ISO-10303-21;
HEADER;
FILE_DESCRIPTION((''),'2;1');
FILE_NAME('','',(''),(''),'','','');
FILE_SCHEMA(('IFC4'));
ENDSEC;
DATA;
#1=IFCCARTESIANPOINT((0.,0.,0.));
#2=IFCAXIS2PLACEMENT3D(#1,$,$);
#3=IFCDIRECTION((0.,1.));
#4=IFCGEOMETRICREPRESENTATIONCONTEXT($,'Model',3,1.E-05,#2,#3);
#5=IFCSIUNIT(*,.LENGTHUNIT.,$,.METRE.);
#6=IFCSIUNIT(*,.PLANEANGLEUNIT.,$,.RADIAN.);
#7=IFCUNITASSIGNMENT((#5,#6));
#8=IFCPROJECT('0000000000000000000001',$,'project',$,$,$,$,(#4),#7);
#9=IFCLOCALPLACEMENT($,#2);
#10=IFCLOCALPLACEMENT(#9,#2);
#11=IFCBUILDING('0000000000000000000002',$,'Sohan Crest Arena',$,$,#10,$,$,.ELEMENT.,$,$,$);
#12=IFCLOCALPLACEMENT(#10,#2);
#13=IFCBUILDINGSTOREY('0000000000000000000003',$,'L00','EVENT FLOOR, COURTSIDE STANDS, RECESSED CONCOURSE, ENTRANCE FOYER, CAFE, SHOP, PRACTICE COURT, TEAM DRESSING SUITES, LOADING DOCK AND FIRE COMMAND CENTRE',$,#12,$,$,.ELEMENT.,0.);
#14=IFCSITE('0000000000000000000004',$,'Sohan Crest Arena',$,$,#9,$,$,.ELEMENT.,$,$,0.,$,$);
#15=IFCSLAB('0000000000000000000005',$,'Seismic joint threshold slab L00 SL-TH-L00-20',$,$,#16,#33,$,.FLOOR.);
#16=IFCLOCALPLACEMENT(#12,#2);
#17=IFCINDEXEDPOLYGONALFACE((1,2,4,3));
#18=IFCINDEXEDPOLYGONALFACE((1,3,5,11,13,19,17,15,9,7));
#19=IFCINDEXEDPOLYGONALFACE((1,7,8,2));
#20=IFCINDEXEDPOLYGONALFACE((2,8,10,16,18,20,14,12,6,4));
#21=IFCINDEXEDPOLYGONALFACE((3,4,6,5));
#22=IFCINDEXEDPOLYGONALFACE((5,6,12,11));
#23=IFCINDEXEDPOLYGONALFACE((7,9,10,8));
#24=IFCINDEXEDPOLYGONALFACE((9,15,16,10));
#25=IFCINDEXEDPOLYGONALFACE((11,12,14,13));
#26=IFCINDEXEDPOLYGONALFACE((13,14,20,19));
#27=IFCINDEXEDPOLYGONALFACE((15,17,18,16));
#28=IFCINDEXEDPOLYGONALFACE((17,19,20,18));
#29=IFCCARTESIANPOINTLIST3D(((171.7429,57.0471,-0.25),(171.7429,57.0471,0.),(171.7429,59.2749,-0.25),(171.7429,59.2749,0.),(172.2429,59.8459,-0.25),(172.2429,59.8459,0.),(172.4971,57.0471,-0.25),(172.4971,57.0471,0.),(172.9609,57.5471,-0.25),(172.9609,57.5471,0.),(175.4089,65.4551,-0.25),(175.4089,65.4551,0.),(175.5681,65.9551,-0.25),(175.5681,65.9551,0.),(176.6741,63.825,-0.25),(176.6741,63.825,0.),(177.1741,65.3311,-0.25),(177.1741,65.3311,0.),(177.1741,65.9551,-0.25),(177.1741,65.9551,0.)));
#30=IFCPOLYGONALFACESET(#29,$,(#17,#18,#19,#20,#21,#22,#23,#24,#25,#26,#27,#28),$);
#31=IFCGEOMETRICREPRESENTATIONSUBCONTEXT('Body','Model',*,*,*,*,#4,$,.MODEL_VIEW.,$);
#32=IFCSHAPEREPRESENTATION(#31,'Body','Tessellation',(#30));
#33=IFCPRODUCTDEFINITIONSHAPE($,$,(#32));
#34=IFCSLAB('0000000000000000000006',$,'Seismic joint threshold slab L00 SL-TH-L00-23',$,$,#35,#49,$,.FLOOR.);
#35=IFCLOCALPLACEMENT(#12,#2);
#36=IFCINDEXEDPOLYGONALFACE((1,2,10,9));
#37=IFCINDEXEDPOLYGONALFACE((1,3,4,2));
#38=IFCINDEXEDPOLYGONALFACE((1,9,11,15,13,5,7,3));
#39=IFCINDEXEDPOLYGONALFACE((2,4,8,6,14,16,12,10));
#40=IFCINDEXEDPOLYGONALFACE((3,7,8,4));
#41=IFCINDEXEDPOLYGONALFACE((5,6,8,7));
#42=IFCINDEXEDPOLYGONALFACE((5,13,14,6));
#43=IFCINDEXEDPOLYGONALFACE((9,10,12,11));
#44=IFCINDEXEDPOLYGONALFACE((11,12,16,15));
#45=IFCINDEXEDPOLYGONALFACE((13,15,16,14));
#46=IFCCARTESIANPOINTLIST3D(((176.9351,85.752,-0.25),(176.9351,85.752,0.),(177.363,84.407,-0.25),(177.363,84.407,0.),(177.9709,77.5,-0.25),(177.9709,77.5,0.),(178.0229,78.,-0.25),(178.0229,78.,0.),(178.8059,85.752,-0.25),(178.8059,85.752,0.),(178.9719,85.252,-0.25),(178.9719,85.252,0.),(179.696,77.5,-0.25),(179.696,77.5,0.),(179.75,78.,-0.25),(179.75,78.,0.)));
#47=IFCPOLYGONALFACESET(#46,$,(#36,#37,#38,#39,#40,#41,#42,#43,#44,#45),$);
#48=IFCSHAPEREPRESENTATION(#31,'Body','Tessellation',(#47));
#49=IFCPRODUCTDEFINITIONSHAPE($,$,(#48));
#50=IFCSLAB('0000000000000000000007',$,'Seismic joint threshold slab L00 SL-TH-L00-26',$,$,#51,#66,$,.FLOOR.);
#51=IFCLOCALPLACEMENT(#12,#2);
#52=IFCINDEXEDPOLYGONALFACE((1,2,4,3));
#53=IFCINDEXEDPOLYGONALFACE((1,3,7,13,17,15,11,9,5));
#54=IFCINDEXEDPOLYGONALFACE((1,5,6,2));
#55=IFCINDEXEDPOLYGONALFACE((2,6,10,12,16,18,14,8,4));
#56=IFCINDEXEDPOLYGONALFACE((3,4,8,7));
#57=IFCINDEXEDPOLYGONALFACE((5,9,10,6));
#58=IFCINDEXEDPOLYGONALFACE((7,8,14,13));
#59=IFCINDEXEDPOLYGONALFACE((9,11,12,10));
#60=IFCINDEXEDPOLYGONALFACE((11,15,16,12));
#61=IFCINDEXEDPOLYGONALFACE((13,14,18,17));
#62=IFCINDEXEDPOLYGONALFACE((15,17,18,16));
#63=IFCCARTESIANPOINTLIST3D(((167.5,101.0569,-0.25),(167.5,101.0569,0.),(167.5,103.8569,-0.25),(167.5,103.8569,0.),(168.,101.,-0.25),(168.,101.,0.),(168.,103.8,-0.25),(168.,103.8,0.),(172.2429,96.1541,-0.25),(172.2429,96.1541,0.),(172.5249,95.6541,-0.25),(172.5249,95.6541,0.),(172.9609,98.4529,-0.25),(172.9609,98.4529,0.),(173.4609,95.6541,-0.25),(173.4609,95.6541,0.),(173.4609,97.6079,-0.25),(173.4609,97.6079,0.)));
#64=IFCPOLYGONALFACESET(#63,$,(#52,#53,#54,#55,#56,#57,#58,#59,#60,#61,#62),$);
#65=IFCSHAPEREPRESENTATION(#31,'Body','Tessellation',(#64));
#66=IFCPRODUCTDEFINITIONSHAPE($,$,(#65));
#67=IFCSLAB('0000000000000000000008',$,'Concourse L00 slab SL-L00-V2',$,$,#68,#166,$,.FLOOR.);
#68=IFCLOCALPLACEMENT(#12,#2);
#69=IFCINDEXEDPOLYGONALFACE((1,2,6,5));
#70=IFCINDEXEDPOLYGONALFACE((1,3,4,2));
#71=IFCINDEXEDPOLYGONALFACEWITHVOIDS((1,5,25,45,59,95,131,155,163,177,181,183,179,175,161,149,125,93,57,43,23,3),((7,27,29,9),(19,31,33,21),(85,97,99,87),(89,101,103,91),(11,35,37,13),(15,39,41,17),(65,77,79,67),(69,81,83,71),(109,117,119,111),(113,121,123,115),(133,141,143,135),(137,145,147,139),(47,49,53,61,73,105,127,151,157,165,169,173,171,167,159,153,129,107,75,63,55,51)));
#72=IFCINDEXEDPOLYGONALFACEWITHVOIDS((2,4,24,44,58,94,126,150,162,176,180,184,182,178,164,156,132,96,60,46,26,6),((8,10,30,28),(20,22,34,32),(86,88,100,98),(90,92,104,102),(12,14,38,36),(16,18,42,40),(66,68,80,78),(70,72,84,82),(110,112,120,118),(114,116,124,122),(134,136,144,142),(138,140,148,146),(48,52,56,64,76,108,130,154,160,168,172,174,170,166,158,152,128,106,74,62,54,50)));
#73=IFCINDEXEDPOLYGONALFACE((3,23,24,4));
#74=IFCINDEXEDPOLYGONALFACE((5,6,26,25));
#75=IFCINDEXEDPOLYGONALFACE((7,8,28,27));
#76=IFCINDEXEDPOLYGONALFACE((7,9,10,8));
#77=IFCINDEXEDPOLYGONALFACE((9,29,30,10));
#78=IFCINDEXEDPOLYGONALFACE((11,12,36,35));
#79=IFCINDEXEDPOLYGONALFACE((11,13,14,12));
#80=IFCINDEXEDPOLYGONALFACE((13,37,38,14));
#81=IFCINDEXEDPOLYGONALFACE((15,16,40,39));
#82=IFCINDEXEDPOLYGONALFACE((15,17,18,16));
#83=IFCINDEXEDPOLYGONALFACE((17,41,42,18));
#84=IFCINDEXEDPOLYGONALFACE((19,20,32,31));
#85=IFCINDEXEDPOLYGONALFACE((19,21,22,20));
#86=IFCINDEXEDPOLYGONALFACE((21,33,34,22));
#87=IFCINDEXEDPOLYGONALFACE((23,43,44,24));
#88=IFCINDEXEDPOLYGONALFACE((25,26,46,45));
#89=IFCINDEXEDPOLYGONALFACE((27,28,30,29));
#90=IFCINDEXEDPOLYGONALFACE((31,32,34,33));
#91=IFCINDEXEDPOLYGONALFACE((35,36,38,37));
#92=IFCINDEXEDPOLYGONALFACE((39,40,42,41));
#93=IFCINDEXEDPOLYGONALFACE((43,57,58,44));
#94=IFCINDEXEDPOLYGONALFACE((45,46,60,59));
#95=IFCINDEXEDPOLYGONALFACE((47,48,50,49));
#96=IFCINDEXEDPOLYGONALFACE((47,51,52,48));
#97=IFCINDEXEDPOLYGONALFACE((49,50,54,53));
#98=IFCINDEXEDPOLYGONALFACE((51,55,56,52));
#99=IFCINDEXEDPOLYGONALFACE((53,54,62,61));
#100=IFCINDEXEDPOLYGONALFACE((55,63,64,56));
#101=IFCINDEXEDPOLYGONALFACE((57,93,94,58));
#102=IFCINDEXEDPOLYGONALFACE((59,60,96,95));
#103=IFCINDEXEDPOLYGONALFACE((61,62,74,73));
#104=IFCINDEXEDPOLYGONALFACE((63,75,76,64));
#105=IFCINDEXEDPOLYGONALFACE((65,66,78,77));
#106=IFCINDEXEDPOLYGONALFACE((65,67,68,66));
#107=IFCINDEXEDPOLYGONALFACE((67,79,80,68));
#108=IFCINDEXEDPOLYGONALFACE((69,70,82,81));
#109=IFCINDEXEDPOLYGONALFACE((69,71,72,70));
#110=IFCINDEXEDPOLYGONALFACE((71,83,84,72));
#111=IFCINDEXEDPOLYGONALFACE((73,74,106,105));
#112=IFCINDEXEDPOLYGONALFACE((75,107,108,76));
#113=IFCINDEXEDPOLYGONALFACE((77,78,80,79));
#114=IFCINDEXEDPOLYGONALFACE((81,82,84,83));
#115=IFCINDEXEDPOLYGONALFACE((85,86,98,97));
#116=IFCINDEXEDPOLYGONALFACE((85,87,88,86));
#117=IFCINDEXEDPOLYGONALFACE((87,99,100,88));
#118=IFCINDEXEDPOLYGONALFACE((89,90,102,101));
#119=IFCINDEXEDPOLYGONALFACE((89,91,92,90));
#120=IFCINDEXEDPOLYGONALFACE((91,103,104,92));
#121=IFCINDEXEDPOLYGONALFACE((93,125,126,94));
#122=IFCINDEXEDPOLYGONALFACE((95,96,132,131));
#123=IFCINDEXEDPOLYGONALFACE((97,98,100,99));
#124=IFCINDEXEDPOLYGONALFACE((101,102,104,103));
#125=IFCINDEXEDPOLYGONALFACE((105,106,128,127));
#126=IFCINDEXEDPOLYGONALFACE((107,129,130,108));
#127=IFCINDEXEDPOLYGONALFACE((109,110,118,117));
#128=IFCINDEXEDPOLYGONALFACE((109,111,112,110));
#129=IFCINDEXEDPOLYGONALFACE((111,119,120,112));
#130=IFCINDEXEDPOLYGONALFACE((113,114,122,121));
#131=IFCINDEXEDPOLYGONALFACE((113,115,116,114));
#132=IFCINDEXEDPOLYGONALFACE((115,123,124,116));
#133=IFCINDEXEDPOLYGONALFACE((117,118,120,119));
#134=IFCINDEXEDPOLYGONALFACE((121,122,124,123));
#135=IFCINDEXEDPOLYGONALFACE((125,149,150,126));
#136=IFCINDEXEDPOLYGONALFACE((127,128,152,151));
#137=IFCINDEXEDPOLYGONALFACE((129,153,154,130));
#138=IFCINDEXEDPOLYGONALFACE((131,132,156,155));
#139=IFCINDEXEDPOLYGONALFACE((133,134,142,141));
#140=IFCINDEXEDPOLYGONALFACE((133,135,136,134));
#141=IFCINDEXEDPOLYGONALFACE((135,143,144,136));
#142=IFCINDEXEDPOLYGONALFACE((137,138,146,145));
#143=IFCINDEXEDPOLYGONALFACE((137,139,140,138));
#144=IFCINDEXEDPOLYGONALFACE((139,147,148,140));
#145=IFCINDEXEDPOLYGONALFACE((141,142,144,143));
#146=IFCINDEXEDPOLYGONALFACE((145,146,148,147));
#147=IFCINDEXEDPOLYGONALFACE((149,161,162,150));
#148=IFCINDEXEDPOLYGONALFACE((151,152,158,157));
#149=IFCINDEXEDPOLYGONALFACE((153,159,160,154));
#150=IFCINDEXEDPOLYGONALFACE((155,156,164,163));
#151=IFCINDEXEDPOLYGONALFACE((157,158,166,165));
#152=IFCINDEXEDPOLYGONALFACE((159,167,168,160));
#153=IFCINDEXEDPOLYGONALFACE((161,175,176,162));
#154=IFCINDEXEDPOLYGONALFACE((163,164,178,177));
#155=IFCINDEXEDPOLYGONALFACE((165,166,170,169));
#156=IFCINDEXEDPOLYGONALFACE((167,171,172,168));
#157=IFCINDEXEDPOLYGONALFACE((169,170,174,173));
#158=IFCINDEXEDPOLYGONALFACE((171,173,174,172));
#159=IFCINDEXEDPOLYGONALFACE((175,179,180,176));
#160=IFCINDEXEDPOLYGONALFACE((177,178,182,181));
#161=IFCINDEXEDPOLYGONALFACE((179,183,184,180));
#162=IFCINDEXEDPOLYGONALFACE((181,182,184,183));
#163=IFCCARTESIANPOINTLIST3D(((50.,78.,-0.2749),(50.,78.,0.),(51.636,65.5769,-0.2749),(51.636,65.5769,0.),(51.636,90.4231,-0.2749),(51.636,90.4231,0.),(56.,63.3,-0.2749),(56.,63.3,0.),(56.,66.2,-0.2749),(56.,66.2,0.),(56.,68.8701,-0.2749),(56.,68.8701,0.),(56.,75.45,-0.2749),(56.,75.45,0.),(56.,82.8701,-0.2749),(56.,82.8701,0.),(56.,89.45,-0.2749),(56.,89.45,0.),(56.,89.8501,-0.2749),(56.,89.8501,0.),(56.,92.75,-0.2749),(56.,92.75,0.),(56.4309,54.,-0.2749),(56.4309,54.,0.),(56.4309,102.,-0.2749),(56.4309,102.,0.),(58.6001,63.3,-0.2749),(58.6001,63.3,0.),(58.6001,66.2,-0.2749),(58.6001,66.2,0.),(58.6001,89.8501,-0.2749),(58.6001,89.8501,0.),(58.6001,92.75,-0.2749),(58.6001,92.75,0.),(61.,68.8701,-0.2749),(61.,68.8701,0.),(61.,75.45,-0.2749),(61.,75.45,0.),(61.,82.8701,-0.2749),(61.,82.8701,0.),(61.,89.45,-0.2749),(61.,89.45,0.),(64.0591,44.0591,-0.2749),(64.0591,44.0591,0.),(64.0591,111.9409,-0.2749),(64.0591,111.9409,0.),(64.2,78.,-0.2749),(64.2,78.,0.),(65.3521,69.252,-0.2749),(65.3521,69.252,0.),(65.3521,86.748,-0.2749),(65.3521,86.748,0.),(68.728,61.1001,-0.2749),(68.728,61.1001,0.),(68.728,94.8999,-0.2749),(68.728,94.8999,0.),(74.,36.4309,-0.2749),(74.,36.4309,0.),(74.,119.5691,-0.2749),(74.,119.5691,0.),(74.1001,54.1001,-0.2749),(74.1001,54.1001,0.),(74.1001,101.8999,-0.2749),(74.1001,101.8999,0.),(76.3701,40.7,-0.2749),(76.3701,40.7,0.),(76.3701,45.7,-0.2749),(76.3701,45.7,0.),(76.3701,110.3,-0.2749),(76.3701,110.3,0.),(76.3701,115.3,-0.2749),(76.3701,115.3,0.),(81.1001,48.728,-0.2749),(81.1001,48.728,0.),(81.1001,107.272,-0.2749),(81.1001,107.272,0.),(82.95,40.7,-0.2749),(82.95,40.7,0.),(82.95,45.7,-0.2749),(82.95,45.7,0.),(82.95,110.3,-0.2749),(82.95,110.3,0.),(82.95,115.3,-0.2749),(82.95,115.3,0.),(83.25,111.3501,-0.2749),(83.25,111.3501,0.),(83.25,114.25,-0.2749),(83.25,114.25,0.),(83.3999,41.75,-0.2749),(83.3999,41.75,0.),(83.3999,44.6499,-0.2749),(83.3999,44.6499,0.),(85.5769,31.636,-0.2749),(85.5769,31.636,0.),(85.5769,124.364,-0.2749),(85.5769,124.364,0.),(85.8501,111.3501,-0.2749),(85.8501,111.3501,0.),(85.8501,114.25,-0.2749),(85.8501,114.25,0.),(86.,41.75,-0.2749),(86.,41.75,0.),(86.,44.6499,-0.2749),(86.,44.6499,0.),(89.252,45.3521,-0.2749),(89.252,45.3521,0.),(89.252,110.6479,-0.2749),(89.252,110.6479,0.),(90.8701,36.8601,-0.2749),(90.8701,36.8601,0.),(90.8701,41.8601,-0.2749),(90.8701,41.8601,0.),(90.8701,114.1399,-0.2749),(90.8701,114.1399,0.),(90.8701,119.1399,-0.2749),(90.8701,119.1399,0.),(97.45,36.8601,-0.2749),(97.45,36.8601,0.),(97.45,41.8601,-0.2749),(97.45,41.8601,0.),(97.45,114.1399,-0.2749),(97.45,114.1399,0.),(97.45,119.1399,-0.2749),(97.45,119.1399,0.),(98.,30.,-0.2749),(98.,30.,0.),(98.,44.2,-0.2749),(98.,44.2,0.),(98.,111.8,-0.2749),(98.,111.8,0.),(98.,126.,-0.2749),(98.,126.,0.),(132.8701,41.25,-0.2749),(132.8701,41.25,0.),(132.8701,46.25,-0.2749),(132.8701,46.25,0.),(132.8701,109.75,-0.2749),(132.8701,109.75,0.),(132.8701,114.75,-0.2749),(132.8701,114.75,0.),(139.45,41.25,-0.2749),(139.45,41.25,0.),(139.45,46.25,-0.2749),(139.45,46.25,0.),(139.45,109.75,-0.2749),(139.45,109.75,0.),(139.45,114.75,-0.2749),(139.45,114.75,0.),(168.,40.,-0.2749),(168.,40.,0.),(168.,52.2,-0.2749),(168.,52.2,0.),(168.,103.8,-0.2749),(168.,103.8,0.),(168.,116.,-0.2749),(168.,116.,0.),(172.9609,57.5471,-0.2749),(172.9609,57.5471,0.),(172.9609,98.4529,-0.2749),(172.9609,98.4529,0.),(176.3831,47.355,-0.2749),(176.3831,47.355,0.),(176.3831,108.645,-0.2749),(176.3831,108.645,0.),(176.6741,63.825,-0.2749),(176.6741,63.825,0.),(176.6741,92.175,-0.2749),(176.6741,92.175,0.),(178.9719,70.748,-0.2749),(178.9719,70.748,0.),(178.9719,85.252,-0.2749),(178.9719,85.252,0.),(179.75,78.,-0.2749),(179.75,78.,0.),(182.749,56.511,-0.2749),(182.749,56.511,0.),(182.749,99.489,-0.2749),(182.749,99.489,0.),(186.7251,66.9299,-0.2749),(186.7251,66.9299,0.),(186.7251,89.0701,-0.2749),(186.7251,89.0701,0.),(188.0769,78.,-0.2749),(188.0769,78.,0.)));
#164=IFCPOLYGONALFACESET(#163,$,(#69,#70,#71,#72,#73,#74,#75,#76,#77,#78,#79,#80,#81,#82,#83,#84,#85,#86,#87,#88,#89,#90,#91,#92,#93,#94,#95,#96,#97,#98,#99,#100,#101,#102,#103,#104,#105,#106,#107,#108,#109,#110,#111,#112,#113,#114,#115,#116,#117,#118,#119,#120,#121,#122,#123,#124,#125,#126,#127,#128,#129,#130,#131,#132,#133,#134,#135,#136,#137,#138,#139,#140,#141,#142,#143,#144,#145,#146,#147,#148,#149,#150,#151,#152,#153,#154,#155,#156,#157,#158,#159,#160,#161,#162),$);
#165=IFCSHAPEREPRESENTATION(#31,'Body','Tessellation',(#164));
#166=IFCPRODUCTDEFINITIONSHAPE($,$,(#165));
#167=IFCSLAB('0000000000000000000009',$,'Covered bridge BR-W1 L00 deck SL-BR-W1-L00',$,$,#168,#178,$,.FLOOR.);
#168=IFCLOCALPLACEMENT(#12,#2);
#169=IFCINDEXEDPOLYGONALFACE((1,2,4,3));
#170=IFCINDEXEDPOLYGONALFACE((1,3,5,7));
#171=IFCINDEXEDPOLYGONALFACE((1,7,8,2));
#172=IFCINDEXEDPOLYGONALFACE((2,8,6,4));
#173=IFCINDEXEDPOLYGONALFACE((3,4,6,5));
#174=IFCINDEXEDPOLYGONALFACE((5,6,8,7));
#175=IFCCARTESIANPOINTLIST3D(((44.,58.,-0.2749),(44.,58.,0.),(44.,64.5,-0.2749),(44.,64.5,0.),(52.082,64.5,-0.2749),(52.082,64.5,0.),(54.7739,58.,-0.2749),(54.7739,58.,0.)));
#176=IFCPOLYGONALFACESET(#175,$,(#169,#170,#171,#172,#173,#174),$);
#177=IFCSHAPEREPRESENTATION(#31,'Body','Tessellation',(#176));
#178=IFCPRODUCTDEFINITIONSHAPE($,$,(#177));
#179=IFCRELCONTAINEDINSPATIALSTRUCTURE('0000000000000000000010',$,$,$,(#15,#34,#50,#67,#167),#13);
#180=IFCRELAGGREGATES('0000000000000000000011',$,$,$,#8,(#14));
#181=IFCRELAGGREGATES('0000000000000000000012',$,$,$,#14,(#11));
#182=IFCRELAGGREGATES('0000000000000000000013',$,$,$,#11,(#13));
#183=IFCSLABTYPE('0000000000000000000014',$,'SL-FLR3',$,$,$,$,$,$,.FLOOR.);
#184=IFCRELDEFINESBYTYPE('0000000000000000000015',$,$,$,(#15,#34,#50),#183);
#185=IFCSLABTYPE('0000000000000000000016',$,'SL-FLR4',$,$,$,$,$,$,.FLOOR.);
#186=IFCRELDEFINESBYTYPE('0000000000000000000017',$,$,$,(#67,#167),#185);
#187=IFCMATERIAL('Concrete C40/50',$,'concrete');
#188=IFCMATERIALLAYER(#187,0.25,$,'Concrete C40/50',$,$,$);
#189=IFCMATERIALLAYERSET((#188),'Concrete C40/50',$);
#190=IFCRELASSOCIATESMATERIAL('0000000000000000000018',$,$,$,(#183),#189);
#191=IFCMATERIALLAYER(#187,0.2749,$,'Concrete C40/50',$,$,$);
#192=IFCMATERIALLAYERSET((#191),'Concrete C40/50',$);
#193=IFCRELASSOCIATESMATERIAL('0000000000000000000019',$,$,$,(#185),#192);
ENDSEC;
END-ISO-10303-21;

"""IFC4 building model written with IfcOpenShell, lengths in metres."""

from ifc_helpers import new_model, si_unit, direction, frame, origin, place, context, subcontext, project, spatial, polyline, outline, extrude, material, layer, layer_set, type_object, element, save


model = new_model("IFC4")

# Units and contexts
model_context = context("Model", 3, precision=1e-05, world=origin(), true_north=direction((0.0, 1.0)))
body_context = subcontext(model_context, "Body", "Model", "MODEL_VIEW")
ifc_project = project(units=[si_unit("LENGTHUNIT", "METRE"), si_unit("PLANEANGLEUNIT", "RADIAN")], contexts=[model_context])

# Site, building, storey
site_placement = place(None, origin())
site = spatial("IfcSite", under=ifc_project, at=site_placement, Name="Sohan Crest Arena", CompositionType="ELEMENT", RefElevation=0.0)
building_placement = place(site_placement, origin())
building = spatial("IfcBuilding", under=site, at=building_placement, Name="Sohan Crest Arena", CompositionType="ELEMENT")
storey_placement = place(building_placement, origin())
storey = spatial("IfcBuildingStorey", under=building, at=storey_placement, Name="L00", Description="EVENT FLOOR, COURTSIDE STANDS, RECESSED CONCOURSE, ENTRANCE FOYER, CAFE, SHOP, PRACTICE COURT, TEAM DRESSING SUITES, LOADING DOCK AND FIRE COMMAND CENTRE", CompositionType="ELEMENT", Elevation=0.0)

# Slabs
ifc_material = material(Name="Concrete C40/50", Category="concrete")
ifc_layer_1 = layer(ifc_material, 0.25, Name="Concrete C40/50")
ifc_layer_set_1 = layer_set([ifc_layer_1], Name="Concrete C40/50")
slab_type_1 = type_object("IfcSlabType", Name="SL-FLR3", PredefinedType="FLOOR", material=ifc_layer_set_1)
slab_1_placement = place(storey_placement, frame((0.0, 0.0, -0.25)))
element("IfcSlab", 1, at=slab_1_placement, inside=storey, type_object=slab_type_1, Name="Seismic joint threshold slab L00 SL-TH-L00-20", PredefinedType="FLOOR", context=body_context, shape_type="SweptSolid", body=[
    extrude(outline(polyline([(176.6741, 63.825), (172.9609, 57.5471), (172.4971, 57.0471), (171.7429, 57.0471), (171.7429, 59.2749), (172.2429, 59.8459), (175.4089, 65.4551), (175.5681, 65.9551), (177.1741, 65.9551), (177.1741, 65.3311), (176.6741, 63.825)])), origin(), (0.0, 0.0, 1.0), 0.25),
])
slab_2_placement = place(storey_placement, frame((0.0, 0.0, -0.25)))
element("IfcSlab", 2, at=slab_2_placement, inside=storey, type_object=slab_type_1, Name="Seismic joint threshold slab L00 SL-TH-L00-23", PredefinedType="FLOOR", context=body_context, shape_type="SweptSolid", body=[
    extrude(outline(polyline([(178.9719, 85.252), (179.75, 78.0), (179.696, 77.5), (177.9709, 77.5), (178.0229, 78.0), (177.363, 84.407), (176.9351, 85.752), (178.8059, 85.752), (178.9719, 85.252)])), origin(), (0.0, 0.0, 1.0), 0.25),
])
slab_3_placement = place(storey_placement, frame((0.0, 0.0, -0.25)))
element("IfcSlab", 3, at=slab_3_placement, inside=storey, type_object=slab_type_1, Name="Seismic joint threshold slab L00 SL-TH-L00-26", PredefinedType="FLOOR", context=body_context, shape_type="SweptSolid", body=[
    extrude(outline(polyline([(168.0, 103.8), (172.9609, 98.4529), (173.4609, 97.6079), (173.4609, 95.6541), (172.5249, 95.6541), (172.2429, 96.1541), (168.0, 101.0), (167.5, 101.0569), (167.5, 103.8569), (168.0, 103.8)])), origin(), (0.0, 0.0, 1.0), 0.25),
])
ifc_layer_2 = layer(ifc_material, 0.2749, Name="Concrete C40/50")
ifc_layer_set_2 = layer_set([ifc_layer_2], Name="Concrete C40/50")
slab_type_2 = type_object("IfcSlabType", Name="SL-FLR4", PredefinedType="FLOOR", material=ifc_layer_set_2)
slab_4_placement = place(storey_placement, frame((0.0, 0.0, -0.2749)))
element("IfcSlab", 4, at=slab_4_placement, inside=storey, type_object=slab_type_2, Name="Concourse L00 slab SL-L00-V2", PredefinedType="FLOOR", context=body_context, shape_type="SweptSolid", body=[
    extrude(outline(polyline([(186.7251, 66.9299), (182.749, 56.511), (176.3831, 47.355), (168.0, 40.0), (98.0, 30.0), (85.5769, 31.636), (74.0, 36.4309), (64.0591, 44.0591), (56.4309, 54.0), (51.636, 65.5769), (50.0, 78.0), (51.636, 90.4231), (56.4309, 102.0), (64.0591, 111.9409), (74.0, 119.5691), (85.5769, 124.364), (98.0, 126.0), (168.0, 116.0), (176.3831, 108.645), (182.749, 99.489), (186.7251, 89.0701), (188.0769, 78.0), (186.7251, 66.9299)]), holes=[polyline([(98.0, 44.2), (168.0, 52.2), (172.9609, 57.5471), (176.6741, 63.825), (178.9719, 70.748), (179.75, 78.0), (178.9719, 85.252), (176.6741, 92.175), (172.9609, 98.4529), (168.0, 103.8), (98.0, 111.8), (89.252, 110.6479), (81.1001, 107.272), (74.1001, 101.8999), (68.728, 94.8999), (65.3521, 86.748), (64.2, 78.0), (65.3521, 69.252), (68.728, 61.1001), (74.1001, 54.1001), (81.1001, 48.728), (89.252, 45.3521), (98.0, 44.2)]), polyline([(61.0, 68.8701), (61.0, 75.45), (56.0, 75.45), (56.0, 68.8701), (61.0, 68.8701)]), polyline([(56.0, 63.3), (58.6001, 63.3), (58.6001, 66.2), (56.0, 66.2), (56.0, 63.3)]), polyline([(56.0, 89.45), (56.0, 82.8701), (61.0, 82.8701), (61.0, 89.45), (56.0, 89.45)]), polyline([(58.6001, 92.75), (56.0, 92.75), (56.0, 89.8501), (58.6001, 89.8501), (58.6001, 92.75)]), polyline([(82.95, 40.7), (82.95, 45.7), (76.3701, 45.7), (76.3701, 40.7), (82.95, 40.7)]), polyline([(83.3999, 41.75), (86.0, 41.75), (86.0, 44.6499), (83.3999, 44.6499), (83.3999, 41.75)]), polyline([(76.3701, 115.3), (76.3701, 110.3), (82.95, 110.3), (82.95, 115.3), (76.3701, 115.3)]), polyline([(85.8501, 114.25), (83.25, 114.25), (83.25, 111.3501), (85.8501, 111.3501), (85.8501, 114.25)]), polyline([(97.45, 36.8601), (97.45, 41.8601), (90.8701, 41.8601), (90.8701, 36.8601), (97.45, 36.8601)]), polyline([(90.8701, 114.1399), (97.45, 114.1399), (97.45, 119.1399), (90.8701, 119.1399), (90.8701, 114.1399)]), polyline([(132.8701, 46.25), (132.8701, 41.25), (139.45, 41.25), (139.45, 46.25), (132.8701, 46.25)]), polyline([(139.45, 114.75), (132.8701, 114.75), (132.8701, 109.75), (139.45, 109.75), (139.45, 114.75)])]), origin(), (0.0, 0.0, 1.0), 0.2749),
])
slab_5_placement = place(storey_placement, frame((0.0, 0.0, -0.2749)))
element("IfcSlab", 5, at=slab_5_placement, inside=storey, type_object=slab_type_2, Name="Covered bridge BR-W1 L00 deck SL-BR-W1-L00", PredefinedType="FLOOR", context=body_context, shape_type="SweptSolid", body=[
    extrude(outline(polyline([(52.082, 64.5), (54.7739, 58.0), (44.0, 58.0), (44.0, 64.5), (52.082, 64.5)])), origin(), (0.0, 0.0, 1.0), 0.2749),
])

save(model, "model.ifc")
